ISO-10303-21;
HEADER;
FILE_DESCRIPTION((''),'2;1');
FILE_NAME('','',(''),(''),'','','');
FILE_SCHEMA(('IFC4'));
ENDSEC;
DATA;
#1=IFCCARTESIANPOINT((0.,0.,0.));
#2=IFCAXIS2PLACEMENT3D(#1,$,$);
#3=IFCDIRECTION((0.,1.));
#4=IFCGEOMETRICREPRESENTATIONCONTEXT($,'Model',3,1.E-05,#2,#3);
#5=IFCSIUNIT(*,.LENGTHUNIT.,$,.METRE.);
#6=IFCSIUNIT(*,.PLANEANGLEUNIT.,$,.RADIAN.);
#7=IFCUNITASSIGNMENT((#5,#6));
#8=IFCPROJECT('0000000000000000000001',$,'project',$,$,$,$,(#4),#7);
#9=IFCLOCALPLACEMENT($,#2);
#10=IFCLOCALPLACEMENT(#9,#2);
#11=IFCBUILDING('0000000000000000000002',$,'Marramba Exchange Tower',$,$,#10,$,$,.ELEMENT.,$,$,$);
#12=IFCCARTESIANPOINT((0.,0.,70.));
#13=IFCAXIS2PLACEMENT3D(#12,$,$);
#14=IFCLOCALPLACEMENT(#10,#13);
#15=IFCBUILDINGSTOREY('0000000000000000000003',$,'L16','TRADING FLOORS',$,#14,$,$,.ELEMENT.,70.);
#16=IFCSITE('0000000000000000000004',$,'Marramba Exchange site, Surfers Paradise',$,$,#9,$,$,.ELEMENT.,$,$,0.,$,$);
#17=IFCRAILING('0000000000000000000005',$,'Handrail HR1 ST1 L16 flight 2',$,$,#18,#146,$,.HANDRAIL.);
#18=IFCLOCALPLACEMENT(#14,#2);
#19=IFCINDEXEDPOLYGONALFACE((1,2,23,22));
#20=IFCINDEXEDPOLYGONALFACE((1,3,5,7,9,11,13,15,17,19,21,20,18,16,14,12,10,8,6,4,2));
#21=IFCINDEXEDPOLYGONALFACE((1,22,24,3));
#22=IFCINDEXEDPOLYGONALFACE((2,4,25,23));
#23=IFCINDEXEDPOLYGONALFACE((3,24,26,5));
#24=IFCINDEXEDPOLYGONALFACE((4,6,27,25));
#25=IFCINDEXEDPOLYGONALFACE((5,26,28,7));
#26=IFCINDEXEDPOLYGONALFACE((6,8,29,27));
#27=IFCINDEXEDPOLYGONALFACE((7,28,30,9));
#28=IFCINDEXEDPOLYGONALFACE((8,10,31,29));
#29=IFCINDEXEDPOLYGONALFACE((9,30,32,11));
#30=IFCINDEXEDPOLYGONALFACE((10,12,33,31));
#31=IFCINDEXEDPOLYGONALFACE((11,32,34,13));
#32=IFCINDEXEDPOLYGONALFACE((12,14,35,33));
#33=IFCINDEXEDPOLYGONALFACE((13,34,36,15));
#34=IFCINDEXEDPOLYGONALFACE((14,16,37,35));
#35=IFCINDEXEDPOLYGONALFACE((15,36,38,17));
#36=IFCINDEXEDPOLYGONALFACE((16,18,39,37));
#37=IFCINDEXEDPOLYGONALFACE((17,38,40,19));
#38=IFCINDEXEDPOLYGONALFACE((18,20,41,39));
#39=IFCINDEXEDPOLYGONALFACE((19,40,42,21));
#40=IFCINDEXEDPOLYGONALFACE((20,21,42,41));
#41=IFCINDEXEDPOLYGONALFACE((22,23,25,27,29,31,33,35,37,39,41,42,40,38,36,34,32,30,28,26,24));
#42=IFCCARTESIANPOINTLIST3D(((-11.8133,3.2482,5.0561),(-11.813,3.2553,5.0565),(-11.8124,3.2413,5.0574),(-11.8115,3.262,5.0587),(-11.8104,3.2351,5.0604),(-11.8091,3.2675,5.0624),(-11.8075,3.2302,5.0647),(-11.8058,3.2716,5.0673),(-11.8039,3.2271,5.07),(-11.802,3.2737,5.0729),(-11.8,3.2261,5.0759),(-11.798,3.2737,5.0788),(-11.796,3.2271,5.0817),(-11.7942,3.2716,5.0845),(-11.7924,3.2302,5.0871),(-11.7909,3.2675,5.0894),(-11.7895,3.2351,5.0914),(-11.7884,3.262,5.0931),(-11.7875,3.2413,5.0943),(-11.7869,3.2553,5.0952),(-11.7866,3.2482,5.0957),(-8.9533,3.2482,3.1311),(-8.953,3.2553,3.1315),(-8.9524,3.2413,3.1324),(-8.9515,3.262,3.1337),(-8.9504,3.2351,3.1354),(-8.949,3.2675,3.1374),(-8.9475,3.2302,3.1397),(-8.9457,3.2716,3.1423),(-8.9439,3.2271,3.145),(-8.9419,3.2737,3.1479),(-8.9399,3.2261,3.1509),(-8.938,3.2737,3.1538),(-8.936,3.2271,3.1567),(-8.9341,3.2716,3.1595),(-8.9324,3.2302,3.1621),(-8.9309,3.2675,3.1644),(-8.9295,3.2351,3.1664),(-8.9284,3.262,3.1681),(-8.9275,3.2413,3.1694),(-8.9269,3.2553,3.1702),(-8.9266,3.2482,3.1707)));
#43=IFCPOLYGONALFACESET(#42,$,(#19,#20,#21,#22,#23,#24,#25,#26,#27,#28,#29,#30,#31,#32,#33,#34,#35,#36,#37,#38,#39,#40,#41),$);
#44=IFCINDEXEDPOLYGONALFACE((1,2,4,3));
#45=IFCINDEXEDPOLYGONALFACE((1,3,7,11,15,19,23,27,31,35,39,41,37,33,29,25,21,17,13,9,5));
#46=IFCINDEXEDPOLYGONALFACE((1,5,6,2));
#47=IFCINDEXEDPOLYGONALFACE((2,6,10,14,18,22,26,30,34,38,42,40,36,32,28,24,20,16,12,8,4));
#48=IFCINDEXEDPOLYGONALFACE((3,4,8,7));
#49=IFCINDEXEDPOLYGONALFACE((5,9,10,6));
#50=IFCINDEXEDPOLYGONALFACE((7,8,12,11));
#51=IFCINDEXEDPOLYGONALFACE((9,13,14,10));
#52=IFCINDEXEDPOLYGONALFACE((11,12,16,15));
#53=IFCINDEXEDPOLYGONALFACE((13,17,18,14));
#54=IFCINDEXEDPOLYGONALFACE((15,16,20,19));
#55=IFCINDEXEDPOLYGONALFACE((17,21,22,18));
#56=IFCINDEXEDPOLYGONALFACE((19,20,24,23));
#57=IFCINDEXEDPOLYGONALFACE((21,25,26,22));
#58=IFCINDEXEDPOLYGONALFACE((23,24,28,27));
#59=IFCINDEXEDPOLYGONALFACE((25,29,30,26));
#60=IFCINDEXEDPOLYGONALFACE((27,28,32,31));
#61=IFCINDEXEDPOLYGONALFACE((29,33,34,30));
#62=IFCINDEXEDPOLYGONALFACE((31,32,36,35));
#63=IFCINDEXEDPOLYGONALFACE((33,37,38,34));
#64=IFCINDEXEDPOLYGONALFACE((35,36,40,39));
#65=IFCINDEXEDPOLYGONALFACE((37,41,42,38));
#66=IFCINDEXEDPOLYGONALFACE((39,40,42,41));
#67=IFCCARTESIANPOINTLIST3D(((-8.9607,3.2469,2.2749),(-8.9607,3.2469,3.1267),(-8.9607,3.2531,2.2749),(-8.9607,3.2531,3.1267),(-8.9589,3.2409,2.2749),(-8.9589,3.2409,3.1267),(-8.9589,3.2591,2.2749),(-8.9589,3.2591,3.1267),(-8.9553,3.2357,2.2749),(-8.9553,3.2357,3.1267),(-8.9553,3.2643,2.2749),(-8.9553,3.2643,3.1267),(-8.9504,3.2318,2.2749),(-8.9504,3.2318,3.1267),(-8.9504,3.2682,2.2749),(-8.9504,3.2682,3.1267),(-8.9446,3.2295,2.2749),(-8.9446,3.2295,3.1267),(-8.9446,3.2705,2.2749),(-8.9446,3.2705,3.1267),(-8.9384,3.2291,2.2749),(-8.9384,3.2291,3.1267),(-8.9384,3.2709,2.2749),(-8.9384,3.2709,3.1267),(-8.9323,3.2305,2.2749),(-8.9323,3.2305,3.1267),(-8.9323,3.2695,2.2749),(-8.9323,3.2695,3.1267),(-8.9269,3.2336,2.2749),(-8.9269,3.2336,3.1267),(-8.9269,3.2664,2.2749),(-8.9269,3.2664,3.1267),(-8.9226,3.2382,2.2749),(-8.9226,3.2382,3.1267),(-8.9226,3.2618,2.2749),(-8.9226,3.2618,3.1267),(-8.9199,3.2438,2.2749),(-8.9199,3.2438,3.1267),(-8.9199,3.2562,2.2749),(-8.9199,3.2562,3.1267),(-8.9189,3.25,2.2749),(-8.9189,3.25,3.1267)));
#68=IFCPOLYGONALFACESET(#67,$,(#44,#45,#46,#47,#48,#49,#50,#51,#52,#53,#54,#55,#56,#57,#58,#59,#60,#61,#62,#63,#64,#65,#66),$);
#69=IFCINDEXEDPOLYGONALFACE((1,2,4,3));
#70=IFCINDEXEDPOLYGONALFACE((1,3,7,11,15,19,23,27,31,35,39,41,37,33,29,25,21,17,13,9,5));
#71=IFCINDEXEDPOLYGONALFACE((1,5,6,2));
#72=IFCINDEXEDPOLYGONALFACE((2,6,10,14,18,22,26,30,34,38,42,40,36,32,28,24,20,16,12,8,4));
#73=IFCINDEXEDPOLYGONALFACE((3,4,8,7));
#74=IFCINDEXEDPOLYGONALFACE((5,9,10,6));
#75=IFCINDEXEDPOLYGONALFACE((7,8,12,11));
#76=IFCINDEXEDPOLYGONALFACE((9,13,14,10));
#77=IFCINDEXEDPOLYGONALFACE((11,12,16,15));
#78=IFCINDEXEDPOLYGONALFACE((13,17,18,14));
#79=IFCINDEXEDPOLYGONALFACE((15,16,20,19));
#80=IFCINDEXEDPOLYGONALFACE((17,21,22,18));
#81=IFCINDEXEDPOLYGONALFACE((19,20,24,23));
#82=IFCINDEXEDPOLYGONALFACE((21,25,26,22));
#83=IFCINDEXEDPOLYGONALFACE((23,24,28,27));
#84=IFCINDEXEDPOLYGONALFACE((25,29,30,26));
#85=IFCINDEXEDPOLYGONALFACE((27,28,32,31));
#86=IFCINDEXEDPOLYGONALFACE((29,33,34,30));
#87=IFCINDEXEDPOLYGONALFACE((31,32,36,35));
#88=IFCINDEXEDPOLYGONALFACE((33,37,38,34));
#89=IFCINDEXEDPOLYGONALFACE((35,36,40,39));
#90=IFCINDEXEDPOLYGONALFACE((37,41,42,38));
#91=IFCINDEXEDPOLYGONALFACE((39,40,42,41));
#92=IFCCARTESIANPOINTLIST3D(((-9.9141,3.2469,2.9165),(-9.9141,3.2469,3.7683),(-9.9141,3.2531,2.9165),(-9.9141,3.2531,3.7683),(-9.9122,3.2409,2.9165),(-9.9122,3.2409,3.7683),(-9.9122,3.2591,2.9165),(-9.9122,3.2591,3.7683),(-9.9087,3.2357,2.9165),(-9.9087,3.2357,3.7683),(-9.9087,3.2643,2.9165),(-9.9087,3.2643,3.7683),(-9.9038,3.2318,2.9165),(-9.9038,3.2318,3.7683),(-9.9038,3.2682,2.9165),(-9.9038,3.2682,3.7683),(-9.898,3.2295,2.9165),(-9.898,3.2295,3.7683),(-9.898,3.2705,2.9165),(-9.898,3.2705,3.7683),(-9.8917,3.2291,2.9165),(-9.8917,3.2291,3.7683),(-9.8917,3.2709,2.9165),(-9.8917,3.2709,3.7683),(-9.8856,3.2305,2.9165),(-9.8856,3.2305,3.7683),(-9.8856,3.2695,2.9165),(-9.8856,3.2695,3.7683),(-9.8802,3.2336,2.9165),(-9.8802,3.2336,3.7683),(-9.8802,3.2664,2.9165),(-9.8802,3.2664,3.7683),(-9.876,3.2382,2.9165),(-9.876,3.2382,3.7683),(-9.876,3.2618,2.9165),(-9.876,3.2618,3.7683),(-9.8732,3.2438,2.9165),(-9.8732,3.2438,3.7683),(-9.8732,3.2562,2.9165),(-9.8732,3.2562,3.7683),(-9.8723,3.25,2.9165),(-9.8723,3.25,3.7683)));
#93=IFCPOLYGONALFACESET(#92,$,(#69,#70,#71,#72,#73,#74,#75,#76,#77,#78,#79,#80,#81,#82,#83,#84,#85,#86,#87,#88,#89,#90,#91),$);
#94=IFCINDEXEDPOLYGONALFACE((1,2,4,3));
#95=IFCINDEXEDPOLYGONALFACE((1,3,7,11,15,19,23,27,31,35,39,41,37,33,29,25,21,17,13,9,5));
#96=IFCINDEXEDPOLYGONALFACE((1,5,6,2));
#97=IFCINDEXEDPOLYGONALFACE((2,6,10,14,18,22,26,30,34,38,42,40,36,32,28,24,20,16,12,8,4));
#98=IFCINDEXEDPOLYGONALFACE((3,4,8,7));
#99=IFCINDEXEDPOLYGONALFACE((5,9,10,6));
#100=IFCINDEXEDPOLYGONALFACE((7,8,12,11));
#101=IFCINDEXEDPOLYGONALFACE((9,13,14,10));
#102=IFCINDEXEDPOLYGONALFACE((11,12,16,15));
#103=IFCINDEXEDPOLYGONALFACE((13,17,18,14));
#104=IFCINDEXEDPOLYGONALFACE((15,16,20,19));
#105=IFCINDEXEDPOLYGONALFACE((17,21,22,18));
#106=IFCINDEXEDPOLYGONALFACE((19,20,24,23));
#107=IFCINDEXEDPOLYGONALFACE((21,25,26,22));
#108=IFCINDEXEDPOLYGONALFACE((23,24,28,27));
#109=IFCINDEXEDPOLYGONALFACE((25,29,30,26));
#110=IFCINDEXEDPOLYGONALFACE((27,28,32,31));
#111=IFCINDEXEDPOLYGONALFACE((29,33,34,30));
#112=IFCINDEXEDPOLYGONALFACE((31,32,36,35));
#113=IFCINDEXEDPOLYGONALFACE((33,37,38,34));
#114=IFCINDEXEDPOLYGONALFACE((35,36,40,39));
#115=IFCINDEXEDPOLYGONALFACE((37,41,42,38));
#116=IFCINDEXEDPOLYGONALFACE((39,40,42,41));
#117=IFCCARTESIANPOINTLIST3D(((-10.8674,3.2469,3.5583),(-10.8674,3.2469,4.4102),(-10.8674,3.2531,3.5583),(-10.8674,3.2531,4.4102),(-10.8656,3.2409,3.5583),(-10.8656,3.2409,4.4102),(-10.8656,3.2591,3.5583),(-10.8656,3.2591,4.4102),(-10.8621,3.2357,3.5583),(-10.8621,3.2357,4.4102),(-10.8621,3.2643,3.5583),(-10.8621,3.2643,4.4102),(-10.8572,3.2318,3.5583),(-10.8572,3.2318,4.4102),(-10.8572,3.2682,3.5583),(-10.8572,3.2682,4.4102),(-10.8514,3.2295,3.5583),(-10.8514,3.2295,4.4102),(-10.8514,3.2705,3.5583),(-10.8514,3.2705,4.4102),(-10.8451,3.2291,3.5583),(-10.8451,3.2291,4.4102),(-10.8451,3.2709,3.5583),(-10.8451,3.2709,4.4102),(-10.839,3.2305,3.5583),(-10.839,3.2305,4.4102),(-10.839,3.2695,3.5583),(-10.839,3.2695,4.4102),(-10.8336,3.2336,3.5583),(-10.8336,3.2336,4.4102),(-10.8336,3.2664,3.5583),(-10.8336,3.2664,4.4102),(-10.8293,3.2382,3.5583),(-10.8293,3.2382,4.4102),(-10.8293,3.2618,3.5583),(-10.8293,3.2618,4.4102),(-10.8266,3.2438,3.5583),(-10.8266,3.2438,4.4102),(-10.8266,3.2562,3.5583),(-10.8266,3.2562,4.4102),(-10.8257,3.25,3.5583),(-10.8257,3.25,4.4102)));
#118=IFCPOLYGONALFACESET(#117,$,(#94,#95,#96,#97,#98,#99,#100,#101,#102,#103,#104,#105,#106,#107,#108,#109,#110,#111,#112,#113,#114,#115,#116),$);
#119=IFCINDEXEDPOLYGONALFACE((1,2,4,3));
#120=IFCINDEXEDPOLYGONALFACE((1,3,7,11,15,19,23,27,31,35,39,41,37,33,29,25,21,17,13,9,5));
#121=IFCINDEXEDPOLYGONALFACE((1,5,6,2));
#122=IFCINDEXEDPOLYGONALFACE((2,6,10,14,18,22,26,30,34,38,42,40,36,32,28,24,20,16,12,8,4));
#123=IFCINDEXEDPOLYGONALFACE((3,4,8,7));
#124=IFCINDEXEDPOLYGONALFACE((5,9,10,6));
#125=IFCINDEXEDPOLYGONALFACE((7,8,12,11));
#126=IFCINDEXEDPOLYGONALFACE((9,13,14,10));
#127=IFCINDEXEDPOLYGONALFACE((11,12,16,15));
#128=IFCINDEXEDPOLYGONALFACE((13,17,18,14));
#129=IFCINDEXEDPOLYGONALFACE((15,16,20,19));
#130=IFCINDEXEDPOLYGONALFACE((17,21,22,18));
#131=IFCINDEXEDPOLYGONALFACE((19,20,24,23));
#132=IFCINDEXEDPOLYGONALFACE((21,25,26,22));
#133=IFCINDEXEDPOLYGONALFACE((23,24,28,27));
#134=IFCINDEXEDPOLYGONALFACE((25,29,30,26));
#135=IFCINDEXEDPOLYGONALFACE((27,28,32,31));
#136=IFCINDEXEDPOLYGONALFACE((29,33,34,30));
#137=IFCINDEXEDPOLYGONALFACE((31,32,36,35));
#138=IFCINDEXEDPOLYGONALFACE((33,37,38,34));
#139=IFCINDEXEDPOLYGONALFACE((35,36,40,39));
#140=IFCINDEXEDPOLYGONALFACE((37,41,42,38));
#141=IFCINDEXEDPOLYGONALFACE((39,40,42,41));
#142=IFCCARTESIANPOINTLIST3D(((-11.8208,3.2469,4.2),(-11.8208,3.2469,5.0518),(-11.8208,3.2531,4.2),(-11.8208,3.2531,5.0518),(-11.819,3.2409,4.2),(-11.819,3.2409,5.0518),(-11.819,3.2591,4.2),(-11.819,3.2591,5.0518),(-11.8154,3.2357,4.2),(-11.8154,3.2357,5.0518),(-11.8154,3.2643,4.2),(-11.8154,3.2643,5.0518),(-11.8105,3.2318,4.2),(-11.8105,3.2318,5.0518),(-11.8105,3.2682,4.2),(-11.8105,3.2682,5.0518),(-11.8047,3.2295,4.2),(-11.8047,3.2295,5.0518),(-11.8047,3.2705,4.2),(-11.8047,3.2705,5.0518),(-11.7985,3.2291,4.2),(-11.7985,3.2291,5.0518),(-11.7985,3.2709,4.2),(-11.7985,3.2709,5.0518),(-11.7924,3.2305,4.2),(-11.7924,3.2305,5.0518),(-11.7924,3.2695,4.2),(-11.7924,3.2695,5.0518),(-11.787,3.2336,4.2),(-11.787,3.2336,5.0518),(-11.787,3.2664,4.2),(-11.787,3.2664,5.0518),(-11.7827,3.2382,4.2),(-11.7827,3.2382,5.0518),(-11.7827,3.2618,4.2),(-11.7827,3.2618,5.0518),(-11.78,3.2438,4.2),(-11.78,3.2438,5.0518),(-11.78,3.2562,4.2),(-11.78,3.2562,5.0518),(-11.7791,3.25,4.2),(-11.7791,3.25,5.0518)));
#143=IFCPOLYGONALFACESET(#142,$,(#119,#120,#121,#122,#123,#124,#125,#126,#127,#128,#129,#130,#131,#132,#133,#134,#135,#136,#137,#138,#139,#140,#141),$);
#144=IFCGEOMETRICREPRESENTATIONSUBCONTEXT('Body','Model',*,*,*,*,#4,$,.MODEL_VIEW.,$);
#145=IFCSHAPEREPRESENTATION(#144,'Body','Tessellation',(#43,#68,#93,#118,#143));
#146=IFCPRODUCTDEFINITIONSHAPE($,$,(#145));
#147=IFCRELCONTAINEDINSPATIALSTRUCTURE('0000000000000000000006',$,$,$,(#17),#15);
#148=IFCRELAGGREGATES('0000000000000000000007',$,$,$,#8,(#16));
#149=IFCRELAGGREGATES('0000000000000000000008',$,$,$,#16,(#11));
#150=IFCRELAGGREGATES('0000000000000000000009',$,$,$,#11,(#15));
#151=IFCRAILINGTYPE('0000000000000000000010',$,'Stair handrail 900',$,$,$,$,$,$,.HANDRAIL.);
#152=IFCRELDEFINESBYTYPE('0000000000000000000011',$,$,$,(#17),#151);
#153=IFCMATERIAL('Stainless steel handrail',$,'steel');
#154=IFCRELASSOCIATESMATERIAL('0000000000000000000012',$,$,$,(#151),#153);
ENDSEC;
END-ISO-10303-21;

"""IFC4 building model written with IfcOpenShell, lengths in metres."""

from ifc_helpers import new_model, si_unit, direction, frame, origin, origin_2d, place, context, subcontext, project, spatial, circle, extrude, material, type_object, element, save


model = new_model("IFC4")

# Units and contexts
model_context = context("Model", 3, precision=1e-05, world=origin(), true_north=direction((0.0, 1.0)))
body_context = subcontext(model_context, "Body", "Model", "MODEL_VIEW")
ifc_project = project(units=[si_unit("LENGTHUNIT", "METRE"), si_unit("PLANEANGLEUNIT", "RADIAN")], contexts=[model_context])

# Site, building, storey
site_placement = place(None, origin())
site = spatial("IfcSite", under=ifc_project, at=site_placement, Name="Marramba Exchange site, Surfers Paradise", CompositionType="ELEMENT", RefElevation=0.0)
building_placement = place(site_placement, origin())
building = spatial("IfcBuilding", under=site, at=building_placement, Name="Marramba Exchange Tower", CompositionType="ELEMENT")
storey_placement = place(building_placement, frame((0.0, 0.0, 70.0)))
storey = spatial("IfcBuildingStorey", under=building, at=storey_placement, Name="L16", Description="TRADING FLOORS", CompositionType="ELEMENT", Elevation=70.0)

# Railing
ifc_material_1 = material(Name="Stainless steel handrail", Category="steel")
railing_type = type_object("IfcRailingType", Name="Stair handrail 900", PredefinedType="HANDRAIL", material=ifc_material_1)
railing_placement = place(storey_placement, frame((-8.9399, 3.25, 2.2749)))
element("IfcRailing", 1, at=railing_placement, inside=storey, type_object=railing_type, Name="Handrail HR1 ST1 L16 flight 2", PredefinedType="HANDRAIL", context=body_context, shape_type="SweptSolid", body=[
    extrude(circle(Radius=0.0239, at=origin_2d()), frame((0.0, 0.0, 0.876), z_axis=(-0.829591, 0.0, 0.558372), x_axis=(0.0, -1.0, 0.0)), (0.0, 0.0, 1.0), 3.4475),
    extrude(circle(Radius=0.021, at=origin_2d()), origin(), (0.0, 0.0, 1.0), 0.8518),
    extrude(circle(Radius=0.021, at=origin_2d()), frame((-0.9534, 0.0, 0.6416)), (0.0, 0.0, 1.0), 0.8518),
    extrude(circle(Radius=0.021, at=origin_2d()), frame((-1.9067, 0.0, 1.2834)), (0.0, 0.0, 1.0), 0.8518),
    extrude(circle(Radius=0.021, at=origin_2d()), frame((-2.8601, 0.0, 1.925)), (0.0, 0.0, 1.0), 0.8518),
])

save(model, "model.ifc")
